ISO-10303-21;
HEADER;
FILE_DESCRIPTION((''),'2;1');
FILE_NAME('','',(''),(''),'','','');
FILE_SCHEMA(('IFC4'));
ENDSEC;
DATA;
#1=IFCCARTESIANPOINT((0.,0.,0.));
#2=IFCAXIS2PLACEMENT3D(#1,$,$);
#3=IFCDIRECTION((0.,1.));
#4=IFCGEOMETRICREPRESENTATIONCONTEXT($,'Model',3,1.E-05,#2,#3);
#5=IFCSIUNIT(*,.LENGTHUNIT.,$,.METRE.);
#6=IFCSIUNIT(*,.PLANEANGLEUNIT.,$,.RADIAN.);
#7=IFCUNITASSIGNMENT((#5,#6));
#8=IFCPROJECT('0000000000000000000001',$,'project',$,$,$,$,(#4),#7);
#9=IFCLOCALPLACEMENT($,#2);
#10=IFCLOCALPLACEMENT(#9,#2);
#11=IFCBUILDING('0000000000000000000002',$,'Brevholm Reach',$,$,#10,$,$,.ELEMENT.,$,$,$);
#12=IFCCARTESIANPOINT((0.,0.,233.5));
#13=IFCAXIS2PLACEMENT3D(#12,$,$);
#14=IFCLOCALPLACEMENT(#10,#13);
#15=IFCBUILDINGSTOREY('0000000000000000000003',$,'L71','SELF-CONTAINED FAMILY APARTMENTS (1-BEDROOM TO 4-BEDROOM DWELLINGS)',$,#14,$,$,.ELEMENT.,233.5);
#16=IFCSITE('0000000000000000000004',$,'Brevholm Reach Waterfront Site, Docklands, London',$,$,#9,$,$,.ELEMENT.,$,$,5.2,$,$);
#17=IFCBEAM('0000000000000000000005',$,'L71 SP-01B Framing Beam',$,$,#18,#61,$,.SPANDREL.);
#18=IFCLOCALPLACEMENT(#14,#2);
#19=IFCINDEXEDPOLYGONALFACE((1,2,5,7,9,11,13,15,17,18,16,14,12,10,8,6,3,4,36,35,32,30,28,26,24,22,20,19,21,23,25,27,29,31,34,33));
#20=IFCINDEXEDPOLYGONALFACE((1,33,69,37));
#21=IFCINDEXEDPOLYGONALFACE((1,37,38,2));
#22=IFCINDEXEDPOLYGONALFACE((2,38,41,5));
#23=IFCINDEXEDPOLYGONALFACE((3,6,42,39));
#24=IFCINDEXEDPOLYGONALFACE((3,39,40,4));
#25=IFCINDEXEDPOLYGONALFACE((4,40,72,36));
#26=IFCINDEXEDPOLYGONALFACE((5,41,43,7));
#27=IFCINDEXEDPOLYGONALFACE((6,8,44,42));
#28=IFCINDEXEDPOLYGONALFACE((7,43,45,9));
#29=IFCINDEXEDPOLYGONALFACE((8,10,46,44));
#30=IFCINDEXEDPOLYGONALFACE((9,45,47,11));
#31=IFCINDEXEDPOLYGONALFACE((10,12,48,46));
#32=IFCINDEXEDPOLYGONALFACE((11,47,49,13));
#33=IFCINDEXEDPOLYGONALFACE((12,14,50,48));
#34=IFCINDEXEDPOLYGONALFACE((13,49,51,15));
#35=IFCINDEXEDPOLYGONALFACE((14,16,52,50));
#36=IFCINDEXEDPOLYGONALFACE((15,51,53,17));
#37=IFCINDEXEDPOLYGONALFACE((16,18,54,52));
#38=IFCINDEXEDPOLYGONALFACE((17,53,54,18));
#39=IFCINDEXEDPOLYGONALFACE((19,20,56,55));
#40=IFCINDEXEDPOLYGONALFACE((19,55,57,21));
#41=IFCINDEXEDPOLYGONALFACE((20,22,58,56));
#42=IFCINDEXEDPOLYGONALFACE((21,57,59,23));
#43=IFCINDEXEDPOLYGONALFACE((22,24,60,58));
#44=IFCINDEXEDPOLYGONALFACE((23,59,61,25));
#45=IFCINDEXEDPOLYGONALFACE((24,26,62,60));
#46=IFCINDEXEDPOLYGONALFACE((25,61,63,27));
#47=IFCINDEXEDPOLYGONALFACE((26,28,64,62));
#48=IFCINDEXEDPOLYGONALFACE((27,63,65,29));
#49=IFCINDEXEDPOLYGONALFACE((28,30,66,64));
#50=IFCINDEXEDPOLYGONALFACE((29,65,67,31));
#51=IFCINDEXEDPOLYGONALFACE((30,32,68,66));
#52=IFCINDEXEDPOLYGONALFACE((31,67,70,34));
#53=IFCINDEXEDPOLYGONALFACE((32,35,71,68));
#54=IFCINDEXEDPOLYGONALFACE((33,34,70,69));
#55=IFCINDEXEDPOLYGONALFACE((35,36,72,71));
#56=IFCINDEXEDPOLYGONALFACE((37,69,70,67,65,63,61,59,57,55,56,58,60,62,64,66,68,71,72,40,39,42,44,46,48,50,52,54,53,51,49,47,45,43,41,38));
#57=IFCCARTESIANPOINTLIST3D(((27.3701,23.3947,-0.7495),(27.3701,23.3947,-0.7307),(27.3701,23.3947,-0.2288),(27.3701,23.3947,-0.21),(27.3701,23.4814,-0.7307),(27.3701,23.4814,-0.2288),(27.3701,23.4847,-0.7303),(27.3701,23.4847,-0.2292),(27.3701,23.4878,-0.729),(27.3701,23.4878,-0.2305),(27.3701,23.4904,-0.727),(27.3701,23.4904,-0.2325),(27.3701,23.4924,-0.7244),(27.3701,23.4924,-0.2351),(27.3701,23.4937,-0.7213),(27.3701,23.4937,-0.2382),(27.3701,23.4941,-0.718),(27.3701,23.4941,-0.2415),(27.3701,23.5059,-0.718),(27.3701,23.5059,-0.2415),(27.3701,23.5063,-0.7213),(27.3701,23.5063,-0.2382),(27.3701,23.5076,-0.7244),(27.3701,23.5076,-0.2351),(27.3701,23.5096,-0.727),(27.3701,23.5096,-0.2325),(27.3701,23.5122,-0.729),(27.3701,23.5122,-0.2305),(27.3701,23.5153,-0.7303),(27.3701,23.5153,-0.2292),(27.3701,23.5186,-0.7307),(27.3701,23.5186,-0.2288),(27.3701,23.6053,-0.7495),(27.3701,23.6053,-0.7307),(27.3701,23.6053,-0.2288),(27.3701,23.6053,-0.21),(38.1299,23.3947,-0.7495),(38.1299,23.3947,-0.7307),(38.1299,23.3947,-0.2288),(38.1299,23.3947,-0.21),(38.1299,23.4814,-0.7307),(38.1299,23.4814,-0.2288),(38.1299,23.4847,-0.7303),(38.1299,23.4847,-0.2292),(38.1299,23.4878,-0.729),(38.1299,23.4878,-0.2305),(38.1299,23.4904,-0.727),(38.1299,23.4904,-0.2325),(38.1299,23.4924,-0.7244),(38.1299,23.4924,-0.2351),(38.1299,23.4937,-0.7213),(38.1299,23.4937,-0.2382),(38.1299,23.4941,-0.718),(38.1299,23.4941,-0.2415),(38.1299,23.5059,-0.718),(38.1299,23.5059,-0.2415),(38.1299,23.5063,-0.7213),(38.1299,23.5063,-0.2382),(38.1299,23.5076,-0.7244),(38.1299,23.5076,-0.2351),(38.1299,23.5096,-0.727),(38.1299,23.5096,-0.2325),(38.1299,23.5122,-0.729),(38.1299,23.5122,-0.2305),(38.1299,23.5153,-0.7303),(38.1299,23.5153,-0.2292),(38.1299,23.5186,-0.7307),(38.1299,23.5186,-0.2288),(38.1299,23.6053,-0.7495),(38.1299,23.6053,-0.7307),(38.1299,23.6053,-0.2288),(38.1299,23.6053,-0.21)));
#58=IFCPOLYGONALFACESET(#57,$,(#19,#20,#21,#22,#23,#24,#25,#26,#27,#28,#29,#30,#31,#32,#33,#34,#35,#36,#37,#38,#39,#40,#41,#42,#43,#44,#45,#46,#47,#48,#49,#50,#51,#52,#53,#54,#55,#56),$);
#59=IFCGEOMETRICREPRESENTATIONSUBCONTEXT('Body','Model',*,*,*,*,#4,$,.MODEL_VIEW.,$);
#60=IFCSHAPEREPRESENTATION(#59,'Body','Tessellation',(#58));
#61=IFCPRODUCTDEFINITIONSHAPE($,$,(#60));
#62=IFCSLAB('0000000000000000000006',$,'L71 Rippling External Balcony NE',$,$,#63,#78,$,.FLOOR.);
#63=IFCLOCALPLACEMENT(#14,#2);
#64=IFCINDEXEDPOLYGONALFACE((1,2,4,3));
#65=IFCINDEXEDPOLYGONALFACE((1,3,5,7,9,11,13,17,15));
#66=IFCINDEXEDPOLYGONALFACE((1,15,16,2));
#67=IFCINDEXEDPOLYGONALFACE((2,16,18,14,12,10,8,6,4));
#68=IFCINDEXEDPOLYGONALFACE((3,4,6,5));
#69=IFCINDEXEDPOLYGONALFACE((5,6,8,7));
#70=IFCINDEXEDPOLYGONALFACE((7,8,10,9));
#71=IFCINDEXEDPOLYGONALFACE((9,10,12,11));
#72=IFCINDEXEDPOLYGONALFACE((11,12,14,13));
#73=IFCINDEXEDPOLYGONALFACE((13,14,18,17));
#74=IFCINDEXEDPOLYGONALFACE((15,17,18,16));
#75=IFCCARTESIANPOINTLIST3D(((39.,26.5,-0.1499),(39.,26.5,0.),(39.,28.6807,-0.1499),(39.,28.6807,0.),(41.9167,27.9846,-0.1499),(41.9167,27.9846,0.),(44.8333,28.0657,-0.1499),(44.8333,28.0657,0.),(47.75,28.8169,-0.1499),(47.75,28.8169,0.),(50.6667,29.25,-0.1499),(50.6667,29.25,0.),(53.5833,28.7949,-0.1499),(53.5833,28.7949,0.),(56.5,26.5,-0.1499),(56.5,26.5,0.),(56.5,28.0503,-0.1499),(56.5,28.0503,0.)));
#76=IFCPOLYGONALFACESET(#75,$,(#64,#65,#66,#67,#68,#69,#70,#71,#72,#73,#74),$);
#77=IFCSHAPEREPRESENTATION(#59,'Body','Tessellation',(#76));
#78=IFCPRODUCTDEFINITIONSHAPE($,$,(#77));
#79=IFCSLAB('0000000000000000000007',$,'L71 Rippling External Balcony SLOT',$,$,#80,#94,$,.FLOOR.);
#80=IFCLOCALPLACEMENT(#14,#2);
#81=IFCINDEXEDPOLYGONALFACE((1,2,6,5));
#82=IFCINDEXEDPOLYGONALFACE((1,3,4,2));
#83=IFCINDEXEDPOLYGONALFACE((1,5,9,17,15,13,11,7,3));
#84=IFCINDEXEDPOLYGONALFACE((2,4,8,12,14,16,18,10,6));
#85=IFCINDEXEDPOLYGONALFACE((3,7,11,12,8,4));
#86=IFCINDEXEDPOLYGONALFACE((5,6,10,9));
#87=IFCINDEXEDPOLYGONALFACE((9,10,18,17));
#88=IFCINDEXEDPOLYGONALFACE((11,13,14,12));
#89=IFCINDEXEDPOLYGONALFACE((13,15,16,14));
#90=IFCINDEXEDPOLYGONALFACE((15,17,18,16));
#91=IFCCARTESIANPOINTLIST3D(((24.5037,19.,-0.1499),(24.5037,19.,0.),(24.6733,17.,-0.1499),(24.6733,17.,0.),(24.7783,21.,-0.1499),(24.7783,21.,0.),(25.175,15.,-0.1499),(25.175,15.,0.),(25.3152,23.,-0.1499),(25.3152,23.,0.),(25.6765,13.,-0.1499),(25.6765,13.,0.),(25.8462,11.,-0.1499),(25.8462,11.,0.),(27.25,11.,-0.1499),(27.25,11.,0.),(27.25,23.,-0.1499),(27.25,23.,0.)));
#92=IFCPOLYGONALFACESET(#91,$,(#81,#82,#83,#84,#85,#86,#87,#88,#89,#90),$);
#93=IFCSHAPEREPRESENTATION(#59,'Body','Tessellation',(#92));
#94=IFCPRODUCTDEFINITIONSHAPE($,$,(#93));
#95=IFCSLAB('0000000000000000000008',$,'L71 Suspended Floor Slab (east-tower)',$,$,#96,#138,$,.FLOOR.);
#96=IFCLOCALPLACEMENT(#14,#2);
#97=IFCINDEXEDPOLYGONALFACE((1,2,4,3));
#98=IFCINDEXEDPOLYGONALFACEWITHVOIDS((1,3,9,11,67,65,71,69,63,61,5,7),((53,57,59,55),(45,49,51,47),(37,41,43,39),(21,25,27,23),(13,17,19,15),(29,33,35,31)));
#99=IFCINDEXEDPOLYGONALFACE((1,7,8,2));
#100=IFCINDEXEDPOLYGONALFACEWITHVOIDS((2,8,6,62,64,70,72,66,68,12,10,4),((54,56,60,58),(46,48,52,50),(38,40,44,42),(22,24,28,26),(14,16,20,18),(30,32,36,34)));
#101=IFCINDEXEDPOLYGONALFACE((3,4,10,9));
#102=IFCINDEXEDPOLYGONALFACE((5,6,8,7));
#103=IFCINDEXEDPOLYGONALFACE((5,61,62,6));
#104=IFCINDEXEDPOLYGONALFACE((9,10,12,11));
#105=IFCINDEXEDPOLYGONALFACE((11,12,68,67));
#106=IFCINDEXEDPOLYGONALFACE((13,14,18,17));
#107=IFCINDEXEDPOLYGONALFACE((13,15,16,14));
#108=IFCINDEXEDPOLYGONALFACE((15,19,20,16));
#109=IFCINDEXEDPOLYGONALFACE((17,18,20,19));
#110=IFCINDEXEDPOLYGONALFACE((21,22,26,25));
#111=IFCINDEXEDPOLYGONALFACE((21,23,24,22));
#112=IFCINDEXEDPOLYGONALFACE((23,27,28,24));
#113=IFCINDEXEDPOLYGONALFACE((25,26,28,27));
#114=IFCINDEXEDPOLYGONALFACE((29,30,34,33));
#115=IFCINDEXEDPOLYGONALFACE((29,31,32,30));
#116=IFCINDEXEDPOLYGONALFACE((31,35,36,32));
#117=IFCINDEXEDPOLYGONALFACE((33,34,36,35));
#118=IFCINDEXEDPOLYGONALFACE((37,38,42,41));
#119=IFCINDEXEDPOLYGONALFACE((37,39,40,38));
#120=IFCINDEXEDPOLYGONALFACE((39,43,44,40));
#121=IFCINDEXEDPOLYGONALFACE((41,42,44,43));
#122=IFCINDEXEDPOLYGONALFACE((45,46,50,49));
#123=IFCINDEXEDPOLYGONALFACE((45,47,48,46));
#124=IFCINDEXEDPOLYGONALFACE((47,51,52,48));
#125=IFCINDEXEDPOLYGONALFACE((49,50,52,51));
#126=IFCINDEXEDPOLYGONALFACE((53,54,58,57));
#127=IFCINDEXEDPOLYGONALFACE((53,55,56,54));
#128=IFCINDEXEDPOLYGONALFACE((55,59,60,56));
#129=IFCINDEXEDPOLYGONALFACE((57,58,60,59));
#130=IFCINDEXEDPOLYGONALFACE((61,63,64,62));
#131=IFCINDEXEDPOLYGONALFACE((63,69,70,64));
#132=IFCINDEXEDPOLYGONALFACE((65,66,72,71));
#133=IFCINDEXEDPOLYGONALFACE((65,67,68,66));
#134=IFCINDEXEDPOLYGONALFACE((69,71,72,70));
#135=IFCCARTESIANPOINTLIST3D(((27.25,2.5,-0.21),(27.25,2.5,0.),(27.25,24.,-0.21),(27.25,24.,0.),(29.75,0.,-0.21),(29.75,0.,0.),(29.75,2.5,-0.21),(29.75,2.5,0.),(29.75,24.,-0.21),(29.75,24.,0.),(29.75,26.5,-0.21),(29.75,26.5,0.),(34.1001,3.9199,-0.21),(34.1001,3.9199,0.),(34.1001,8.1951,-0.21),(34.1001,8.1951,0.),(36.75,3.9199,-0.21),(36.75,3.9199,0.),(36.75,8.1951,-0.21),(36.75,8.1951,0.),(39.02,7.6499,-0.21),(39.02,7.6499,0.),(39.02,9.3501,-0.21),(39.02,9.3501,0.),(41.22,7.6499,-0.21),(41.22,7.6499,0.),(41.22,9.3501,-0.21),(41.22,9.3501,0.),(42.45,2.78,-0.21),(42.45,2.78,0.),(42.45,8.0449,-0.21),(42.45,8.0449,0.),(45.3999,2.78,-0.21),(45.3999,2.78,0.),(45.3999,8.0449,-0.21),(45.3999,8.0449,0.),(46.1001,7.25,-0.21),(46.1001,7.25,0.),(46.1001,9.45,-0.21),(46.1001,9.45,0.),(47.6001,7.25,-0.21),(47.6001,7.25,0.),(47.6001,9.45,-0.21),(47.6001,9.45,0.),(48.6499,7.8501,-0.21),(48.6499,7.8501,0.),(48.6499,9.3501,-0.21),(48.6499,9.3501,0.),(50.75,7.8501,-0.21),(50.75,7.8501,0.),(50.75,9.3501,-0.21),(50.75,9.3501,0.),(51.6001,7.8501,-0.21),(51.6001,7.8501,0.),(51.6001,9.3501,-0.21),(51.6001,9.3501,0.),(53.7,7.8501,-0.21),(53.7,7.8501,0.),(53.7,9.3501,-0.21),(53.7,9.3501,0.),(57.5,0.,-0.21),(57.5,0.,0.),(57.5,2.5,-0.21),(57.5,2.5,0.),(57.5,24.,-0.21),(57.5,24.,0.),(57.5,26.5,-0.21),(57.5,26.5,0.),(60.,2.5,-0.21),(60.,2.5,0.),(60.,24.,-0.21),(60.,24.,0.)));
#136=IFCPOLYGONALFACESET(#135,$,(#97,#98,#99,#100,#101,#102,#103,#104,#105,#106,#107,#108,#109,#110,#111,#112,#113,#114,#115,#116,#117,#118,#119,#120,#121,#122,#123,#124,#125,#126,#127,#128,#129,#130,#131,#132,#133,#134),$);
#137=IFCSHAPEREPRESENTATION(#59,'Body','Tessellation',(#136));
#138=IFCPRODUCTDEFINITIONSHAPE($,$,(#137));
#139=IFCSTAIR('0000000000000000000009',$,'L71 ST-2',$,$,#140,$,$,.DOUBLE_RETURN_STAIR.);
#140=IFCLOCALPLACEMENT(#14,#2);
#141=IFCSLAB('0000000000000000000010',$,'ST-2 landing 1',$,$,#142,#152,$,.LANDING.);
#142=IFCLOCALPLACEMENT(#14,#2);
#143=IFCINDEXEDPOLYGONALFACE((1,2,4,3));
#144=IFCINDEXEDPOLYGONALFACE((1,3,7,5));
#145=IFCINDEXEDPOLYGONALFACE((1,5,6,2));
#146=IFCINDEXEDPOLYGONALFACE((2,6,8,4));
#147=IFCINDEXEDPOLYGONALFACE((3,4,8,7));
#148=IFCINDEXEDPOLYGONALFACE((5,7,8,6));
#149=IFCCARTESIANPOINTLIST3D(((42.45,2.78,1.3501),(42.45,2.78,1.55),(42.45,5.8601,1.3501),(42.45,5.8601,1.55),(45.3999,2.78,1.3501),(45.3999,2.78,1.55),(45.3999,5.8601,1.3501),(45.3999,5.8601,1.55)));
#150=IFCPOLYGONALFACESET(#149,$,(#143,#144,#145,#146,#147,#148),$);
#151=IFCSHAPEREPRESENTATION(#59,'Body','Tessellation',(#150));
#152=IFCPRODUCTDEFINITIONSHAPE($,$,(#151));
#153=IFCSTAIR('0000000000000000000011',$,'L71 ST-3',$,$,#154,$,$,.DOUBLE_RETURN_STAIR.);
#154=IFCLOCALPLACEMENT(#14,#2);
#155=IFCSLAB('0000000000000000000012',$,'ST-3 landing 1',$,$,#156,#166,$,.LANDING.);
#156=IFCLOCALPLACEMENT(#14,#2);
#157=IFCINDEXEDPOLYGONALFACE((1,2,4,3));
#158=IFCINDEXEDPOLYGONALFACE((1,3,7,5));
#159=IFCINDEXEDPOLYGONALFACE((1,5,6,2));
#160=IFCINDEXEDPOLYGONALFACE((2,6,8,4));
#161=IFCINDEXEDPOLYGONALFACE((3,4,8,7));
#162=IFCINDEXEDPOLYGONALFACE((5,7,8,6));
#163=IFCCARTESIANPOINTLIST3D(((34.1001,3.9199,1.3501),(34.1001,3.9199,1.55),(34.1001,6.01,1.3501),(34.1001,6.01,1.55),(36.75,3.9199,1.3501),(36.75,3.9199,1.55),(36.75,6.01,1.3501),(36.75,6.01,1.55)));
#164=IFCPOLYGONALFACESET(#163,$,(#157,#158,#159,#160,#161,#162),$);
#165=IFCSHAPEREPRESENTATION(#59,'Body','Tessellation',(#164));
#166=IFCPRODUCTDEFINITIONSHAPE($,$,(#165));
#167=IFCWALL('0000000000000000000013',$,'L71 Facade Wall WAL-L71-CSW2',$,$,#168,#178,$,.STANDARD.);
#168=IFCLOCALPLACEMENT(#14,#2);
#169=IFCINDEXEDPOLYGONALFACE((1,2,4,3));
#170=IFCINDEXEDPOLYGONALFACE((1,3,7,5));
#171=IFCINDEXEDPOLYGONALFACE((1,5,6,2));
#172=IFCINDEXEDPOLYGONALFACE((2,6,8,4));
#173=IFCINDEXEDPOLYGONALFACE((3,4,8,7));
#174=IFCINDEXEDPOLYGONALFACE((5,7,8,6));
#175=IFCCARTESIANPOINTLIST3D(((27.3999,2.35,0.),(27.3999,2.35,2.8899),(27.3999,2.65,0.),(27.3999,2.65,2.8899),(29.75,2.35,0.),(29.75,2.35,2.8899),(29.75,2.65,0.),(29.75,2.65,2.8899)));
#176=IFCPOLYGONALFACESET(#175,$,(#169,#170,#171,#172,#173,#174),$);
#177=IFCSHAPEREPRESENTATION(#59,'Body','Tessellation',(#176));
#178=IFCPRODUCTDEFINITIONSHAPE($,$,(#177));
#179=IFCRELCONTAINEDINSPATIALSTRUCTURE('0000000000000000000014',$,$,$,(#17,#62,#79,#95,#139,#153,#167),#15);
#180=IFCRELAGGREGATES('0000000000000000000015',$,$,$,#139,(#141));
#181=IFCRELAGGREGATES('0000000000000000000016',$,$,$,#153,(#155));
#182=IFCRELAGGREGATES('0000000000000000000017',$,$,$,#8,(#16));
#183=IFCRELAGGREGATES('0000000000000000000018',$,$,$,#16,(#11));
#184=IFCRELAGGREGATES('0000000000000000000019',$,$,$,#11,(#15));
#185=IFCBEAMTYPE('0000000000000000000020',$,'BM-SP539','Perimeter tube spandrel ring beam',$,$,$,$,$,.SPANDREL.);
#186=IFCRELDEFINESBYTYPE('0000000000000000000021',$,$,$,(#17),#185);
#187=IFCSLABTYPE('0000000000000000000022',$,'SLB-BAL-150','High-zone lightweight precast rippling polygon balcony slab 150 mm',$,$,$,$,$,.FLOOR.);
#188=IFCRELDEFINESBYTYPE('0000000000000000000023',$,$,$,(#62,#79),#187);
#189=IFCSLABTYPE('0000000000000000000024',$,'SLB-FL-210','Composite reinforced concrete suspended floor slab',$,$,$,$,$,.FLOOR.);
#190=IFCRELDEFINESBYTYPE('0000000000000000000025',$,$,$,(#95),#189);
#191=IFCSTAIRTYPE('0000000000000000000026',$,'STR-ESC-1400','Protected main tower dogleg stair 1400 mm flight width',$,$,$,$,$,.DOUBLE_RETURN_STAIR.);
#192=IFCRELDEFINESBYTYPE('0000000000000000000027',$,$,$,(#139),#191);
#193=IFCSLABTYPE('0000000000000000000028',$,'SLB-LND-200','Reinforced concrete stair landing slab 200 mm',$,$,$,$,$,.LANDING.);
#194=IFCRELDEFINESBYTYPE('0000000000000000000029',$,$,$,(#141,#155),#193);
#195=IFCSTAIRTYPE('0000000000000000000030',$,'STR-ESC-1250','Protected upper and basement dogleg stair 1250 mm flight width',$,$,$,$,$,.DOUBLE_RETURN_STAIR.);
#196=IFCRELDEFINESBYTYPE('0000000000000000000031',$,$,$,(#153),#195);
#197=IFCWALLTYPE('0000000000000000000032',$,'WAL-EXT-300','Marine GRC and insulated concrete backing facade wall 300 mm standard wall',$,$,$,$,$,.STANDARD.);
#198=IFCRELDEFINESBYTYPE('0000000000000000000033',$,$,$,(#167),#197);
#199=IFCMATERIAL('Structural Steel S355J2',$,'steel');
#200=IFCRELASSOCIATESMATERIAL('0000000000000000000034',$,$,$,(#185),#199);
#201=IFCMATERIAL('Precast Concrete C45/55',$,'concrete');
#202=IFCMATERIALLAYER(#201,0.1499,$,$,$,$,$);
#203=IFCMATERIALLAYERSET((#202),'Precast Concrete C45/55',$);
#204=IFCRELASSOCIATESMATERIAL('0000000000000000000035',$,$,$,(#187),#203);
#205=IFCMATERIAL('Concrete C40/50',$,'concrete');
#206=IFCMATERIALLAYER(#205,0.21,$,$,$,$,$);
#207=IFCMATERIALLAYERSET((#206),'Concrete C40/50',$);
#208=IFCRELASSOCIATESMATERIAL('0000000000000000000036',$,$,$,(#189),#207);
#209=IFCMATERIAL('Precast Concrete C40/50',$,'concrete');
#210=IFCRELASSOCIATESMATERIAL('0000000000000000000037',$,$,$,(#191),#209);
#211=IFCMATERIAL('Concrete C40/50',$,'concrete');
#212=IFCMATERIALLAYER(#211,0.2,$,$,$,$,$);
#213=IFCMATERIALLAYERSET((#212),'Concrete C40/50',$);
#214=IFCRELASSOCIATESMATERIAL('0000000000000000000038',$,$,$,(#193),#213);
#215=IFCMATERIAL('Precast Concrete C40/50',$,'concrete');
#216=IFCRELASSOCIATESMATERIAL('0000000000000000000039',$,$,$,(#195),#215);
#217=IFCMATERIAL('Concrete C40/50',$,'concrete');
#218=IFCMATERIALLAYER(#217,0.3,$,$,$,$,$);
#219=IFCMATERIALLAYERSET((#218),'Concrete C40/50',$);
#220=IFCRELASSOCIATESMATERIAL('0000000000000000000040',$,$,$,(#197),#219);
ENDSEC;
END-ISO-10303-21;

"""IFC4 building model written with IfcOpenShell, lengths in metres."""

from ifc_helpers import new_model, si_unit, direction, frame, frame_2d, origin, origin_2d, place, context, subcontext, project, spatial, polyline, rectangle, i_section, outline, extrude, material, layer, layer_set, material_profile, profile_set, type_object, element, aggregate, save


model = new_model("IFC4")

# Units and contexts
model_context = context("Model", 3, precision=1e-05, world=origin(), true_north=direction((0.0, 1.0)))
body_context = subcontext(model_context, "Body", "Model", "MODEL_VIEW")
ifc_project = project(units=[si_unit("LENGTHUNIT", "METRE"), si_unit("PLANEANGLEUNIT", "RADIAN")], contexts=[model_context])

# Site, building, storey
site_placement = place(None, origin())
site = spatial("IfcSite", under=ifc_project, at=site_placement, Name="Brevholm Reach Waterfront Site, Docklands, London", CompositionType="ELEMENT", RefElevation=5.2)
building_placement = place(site_placement, origin())
building = spatial("IfcBuilding", under=site, at=building_placement, Name="Brevholm Reach", CompositionType="ELEMENT")
storey_placement = place(building_placement, frame((0.0, 0.0, 233.5)))
storey = spatial("IfcBuildingStorey", under=building, at=storey_placement, Name="L71", Description="SELF-CONTAINED FAMILY APARTMENTS (1-BEDROOM TO 4-BEDROOM DWELLINGS)", CompositionType="ELEMENT", Elevation=233.5)

# Beam
ifc_material_1 = material(Name="Structural Steel S355J2", Category="steel")
ifc_material_profile_1 = material_profile(ifc_material_1, i_section(OverallWidth=0.2107, OverallDepth=0.5396, WebThickness=0.0117, FlangeThickness=0.0188, FilletRadius=0.0127, at=origin_2d()), Name="UKB 533x210x109")
ifc_profile_set_1 = profile_set([ifc_material_profile_1], Name="Structural Steel S355J2")
beam_type_1 = type_object("IfcBeamType", Name="BM-SP539", Description="Perimeter tube spandrel ring beam", PredefinedType="SPANDREL", material=ifc_profile_set_1)
for number, where, z_axis, x_axis, name in (
    (1, (27.3701, 23.5, -0.4797), (1.0, 0.0, 0.0), (0.0, 1.0, 0.0), "L71 SP-01B Framing Beam"),
):
    element("IfcBeam", number, at=place(storey_placement, frame(where, z_axis=z_axis, x_axis=x_axis)), inside=storey, type_object=beam_type_1, Name=name, PredefinedType="SPANDREL", context=body_context, shape_type="SweptSolid", body=[
        extrude(i_section(OverallWidth=0.2107, OverallDepth=0.5396, WebThickness=0.0117, FlangeThickness=0.0188, FilletRadius=0.0127, at=origin_2d()), origin(), (0.0, 0.0, 1.0), 10.7598),
    ])

# Slabs
ifc_material_2 = material(Name="Precast Concrete C45/55", Category="concrete")
ifc_layer_1 = layer(ifc_material_2, 0.1499)
ifc_layer_set_1 = layer_set([ifc_layer_1], Name="Precast Concrete C45/55")
slab_type_1 = type_object("IfcSlabType", Name="SLB-BAL-150", Description="High-zone lightweight precast rippling polygon balcony slab 150 mm", PredefinedType="FLOOR", material=ifc_layer_set_1)
slab_1_placement = place(storey_placement, frame((0.0, 0.0, -0.1499)))
element("IfcSlab", 2, at=slab_1_placement, inside=storey, type_object=slab_type_1, Name="L71 Rippling External Balcony NE", PredefinedType="FLOOR", context=body_context, shape_type="SweptSolid", body=[
    extrude(outline(polyline([(39.0, 26.5), (56.5, 26.5), (56.5, 28.0503), (53.5833, 28.7949), (50.6667, 29.25), (47.75, 28.8169), (44.8333, 28.0657), (41.9167, 27.9846), (39.0, 28.6807), (39.0, 26.5)])), origin(), (0.0, 0.0, 1.0), 0.1499),
])
slab_2_placement = place(storey_placement, frame((0.0, 0.0, -0.1499)))
element("IfcSlab", 3, at=slab_2_placement, inside=storey, type_object=slab_type_1, Name="L71 Rippling External Balcony SLOT", PredefinedType="FLOOR", context=body_context, shape_type="SweptSolid", body=[
    extrude(outline(polyline([(27.25, 11.0), (27.25, 23.0), (25.3152, 23.0), (24.7783, 21.0), (24.5037, 19.0), (24.6733, 17.0), (25.175, 15.0), (25.6765, 13.0), (25.8462, 11.0), (27.25, 11.0)])), origin(), (0.0, 0.0, 1.0), 0.1499),
])
ifc_material_3 = material(Name="Concrete C40/50", Category="concrete")
ifc_layer_2 = layer(ifc_material_3, 0.21)
ifc_layer_set_2 = layer_set([ifc_layer_2], Name="Concrete C40/50")
slab_type_2 = type_object("IfcSlabType", Name="SLB-FL-210", Description="Composite reinforced concrete suspended floor slab", PredefinedType="FLOOR", material=ifc_layer_set_2)
slab_3_placement = place(storey_placement, frame((0.0, 0.0, -0.21)))
element("IfcSlab", 4, at=slab_3_placement, inside=storey, type_object=slab_type_2, Name="L71 Suspended Floor Slab (east-tower)", PredefinedType="FLOOR", context=body_context, shape_type="SweptSolid", body=[
    extrude(outline(polyline([(29.75, 0.0), (57.5, 0.0), (57.5, 2.5), (60.0, 2.5), (60.0, 24.0), (57.5, 24.0), (57.5, 26.5), (29.75, 26.5), (29.75, 24.0), (27.25, 24.0), (27.25, 2.5), (29.75, 2.5), (29.75, 0.0)]), holes=[polyline([(42.45, 2.78), (45.3999, 2.78), (45.3999, 8.0449), (42.45, 8.0449), (42.45, 2.78)]), polyline([(34.1001, 3.9199), (36.75, 3.9199), (36.75, 8.1951), (34.1001, 8.1951), (34.1001, 3.9199)]), polyline([(46.1001, 7.25), (47.6001, 7.25), (47.6001, 9.45), (46.1001, 9.45), (46.1001, 7.25)]), polyline([(39.02, 7.6499), (41.22, 7.6499), (41.22, 9.3501), (39.02, 9.3501), (39.02, 7.6499)]), polyline([(48.6499, 7.8501), (50.75, 7.8501), (50.75, 9.3501), (48.6499, 9.3501), (48.6499, 7.8501)]), polyline([(51.6001, 7.8501), (53.7, 7.8501), (53.7, 9.3501), (51.6001, 9.3501), (51.6001, 7.8501)])]), origin(), (0.0, 0.0, 1.0), 0.21),
])

# Stairs, slabs
ifc_material_4 = material(Name="Precast Concrete C40/50", Category="concrete")
stair_type_1 = type_object("IfcStairType", Name="STR-ESC-1400", Description="Protected main tower dogleg stair 1400 mm flight width", PredefinedType="DOUBLE_RETURN_STAIR", material=ifc_material_4)
stair_1_placement = place(storey_placement, origin())
stair_1 = element("IfcStair", 5, at=stair_1_placement, inside=storey, type_object=stair_type_1, Name="L71 ST-2", PredefinedType="DOUBLE_RETURN_STAIR")
ifc_material_5 = material(Name="Concrete C40/50", Category="concrete")
ifc_layer_3 = layer(ifc_material_5, 0.2)
ifc_layer_set_3 = layer_set([ifc_layer_3], Name="Concrete C40/50")
slab_type_3 = type_object("IfcSlabType", Name="SLB-LND-200", Description="Reinforced concrete stair landing slab 200 mm", PredefinedType="LANDING", material=ifc_layer_set_3)
slab_4_placement = place(storey_placement, frame((0.0, 0.0, 1.3501)))
slab_4 = element("IfcSlab", 6, at=slab_4_placement, type_object=slab_type_3, Name="ST-2 landing 1", PredefinedType="LANDING", context=body_context, shape_type="SweptSolid", body=[
    extrude(outline(polyline([(42.45, 5.8601), (42.45, 2.78), (45.3999, 2.78), (45.3999, 5.8601), (42.45, 5.8601)])), origin(), (0.0, 0.0, 1.0), 0.2),
])
aggregate(stair_1, [slab_4])
ifc_material_6 = material(Name="Precast Concrete C40/50", Category="concrete")
stair_type_2 = type_object("IfcStairType", Name="STR-ESC-1250", Description="Protected upper and basement dogleg stair 1250 mm flight width", PredefinedType="DOUBLE_RETURN_STAIR", material=ifc_material_6)
stair_2_placement = place(storey_placement, origin())
stair_2 = element("IfcStair", 7, at=stair_2_placement, inside=storey, type_object=stair_type_2, Name="L71 ST-3", PredefinedType="DOUBLE_RETURN_STAIR")
slab_5_placement = place(storey_placement, frame((0.0, 0.0, 1.3501)))
slab_5 = element("IfcSlab", 8, at=slab_5_placement, type_object=slab_type_3, Name="ST-3 landing 1", PredefinedType="LANDING", context=body_context, shape_type="SweptSolid", body=[
    extrude(outline(polyline([(34.1001, 6.01), (34.1001, 3.9199), (36.75, 3.9199), (36.75, 6.01), (34.1001, 6.01)])), origin(), (0.0, 0.0, 1.0), 0.2),
])
aggregate(stair_2, [slab_5])

# Wall
ifc_material_7 = material(Name="Concrete C40/50", Category="concrete")
ifc_layer_4 = layer(ifc_material_7, 0.3)
ifc_layer_set_4 = layer_set([ifc_layer_4], Name="Concrete C40/50")
wall_type_1 = type_object("IfcWallType", Name="WAL-EXT-300", Description="Marine GRC and insulated concrete backing facade wall 300 mm standard wall", PredefinedType="STANDARD", material=ifc_layer_set_4)
wall_1_placement = place(storey_placement, frame((27.3999, 2.5, 0.0), z_axis=(0.0, 0.0, 1.0), x_axis=(1.0, 0.0, 0.0)))
element("IfcWall", 9, at=wall_1_placement, inside=storey, type_object=wall_type_1, Name="L71 Facade Wall WAL-L71-CSW2", PredefinedType="STANDARD", context=body_context, shape_type="SweptSolid", body=[
    extrude(rectangle(XDim=2.3501, YDim=0.3, at=frame_2d((1.175, 0.0))), origin(), (0.0, 0.0, 1.0), 2.8899),
])

save(model, "model.ifc")
